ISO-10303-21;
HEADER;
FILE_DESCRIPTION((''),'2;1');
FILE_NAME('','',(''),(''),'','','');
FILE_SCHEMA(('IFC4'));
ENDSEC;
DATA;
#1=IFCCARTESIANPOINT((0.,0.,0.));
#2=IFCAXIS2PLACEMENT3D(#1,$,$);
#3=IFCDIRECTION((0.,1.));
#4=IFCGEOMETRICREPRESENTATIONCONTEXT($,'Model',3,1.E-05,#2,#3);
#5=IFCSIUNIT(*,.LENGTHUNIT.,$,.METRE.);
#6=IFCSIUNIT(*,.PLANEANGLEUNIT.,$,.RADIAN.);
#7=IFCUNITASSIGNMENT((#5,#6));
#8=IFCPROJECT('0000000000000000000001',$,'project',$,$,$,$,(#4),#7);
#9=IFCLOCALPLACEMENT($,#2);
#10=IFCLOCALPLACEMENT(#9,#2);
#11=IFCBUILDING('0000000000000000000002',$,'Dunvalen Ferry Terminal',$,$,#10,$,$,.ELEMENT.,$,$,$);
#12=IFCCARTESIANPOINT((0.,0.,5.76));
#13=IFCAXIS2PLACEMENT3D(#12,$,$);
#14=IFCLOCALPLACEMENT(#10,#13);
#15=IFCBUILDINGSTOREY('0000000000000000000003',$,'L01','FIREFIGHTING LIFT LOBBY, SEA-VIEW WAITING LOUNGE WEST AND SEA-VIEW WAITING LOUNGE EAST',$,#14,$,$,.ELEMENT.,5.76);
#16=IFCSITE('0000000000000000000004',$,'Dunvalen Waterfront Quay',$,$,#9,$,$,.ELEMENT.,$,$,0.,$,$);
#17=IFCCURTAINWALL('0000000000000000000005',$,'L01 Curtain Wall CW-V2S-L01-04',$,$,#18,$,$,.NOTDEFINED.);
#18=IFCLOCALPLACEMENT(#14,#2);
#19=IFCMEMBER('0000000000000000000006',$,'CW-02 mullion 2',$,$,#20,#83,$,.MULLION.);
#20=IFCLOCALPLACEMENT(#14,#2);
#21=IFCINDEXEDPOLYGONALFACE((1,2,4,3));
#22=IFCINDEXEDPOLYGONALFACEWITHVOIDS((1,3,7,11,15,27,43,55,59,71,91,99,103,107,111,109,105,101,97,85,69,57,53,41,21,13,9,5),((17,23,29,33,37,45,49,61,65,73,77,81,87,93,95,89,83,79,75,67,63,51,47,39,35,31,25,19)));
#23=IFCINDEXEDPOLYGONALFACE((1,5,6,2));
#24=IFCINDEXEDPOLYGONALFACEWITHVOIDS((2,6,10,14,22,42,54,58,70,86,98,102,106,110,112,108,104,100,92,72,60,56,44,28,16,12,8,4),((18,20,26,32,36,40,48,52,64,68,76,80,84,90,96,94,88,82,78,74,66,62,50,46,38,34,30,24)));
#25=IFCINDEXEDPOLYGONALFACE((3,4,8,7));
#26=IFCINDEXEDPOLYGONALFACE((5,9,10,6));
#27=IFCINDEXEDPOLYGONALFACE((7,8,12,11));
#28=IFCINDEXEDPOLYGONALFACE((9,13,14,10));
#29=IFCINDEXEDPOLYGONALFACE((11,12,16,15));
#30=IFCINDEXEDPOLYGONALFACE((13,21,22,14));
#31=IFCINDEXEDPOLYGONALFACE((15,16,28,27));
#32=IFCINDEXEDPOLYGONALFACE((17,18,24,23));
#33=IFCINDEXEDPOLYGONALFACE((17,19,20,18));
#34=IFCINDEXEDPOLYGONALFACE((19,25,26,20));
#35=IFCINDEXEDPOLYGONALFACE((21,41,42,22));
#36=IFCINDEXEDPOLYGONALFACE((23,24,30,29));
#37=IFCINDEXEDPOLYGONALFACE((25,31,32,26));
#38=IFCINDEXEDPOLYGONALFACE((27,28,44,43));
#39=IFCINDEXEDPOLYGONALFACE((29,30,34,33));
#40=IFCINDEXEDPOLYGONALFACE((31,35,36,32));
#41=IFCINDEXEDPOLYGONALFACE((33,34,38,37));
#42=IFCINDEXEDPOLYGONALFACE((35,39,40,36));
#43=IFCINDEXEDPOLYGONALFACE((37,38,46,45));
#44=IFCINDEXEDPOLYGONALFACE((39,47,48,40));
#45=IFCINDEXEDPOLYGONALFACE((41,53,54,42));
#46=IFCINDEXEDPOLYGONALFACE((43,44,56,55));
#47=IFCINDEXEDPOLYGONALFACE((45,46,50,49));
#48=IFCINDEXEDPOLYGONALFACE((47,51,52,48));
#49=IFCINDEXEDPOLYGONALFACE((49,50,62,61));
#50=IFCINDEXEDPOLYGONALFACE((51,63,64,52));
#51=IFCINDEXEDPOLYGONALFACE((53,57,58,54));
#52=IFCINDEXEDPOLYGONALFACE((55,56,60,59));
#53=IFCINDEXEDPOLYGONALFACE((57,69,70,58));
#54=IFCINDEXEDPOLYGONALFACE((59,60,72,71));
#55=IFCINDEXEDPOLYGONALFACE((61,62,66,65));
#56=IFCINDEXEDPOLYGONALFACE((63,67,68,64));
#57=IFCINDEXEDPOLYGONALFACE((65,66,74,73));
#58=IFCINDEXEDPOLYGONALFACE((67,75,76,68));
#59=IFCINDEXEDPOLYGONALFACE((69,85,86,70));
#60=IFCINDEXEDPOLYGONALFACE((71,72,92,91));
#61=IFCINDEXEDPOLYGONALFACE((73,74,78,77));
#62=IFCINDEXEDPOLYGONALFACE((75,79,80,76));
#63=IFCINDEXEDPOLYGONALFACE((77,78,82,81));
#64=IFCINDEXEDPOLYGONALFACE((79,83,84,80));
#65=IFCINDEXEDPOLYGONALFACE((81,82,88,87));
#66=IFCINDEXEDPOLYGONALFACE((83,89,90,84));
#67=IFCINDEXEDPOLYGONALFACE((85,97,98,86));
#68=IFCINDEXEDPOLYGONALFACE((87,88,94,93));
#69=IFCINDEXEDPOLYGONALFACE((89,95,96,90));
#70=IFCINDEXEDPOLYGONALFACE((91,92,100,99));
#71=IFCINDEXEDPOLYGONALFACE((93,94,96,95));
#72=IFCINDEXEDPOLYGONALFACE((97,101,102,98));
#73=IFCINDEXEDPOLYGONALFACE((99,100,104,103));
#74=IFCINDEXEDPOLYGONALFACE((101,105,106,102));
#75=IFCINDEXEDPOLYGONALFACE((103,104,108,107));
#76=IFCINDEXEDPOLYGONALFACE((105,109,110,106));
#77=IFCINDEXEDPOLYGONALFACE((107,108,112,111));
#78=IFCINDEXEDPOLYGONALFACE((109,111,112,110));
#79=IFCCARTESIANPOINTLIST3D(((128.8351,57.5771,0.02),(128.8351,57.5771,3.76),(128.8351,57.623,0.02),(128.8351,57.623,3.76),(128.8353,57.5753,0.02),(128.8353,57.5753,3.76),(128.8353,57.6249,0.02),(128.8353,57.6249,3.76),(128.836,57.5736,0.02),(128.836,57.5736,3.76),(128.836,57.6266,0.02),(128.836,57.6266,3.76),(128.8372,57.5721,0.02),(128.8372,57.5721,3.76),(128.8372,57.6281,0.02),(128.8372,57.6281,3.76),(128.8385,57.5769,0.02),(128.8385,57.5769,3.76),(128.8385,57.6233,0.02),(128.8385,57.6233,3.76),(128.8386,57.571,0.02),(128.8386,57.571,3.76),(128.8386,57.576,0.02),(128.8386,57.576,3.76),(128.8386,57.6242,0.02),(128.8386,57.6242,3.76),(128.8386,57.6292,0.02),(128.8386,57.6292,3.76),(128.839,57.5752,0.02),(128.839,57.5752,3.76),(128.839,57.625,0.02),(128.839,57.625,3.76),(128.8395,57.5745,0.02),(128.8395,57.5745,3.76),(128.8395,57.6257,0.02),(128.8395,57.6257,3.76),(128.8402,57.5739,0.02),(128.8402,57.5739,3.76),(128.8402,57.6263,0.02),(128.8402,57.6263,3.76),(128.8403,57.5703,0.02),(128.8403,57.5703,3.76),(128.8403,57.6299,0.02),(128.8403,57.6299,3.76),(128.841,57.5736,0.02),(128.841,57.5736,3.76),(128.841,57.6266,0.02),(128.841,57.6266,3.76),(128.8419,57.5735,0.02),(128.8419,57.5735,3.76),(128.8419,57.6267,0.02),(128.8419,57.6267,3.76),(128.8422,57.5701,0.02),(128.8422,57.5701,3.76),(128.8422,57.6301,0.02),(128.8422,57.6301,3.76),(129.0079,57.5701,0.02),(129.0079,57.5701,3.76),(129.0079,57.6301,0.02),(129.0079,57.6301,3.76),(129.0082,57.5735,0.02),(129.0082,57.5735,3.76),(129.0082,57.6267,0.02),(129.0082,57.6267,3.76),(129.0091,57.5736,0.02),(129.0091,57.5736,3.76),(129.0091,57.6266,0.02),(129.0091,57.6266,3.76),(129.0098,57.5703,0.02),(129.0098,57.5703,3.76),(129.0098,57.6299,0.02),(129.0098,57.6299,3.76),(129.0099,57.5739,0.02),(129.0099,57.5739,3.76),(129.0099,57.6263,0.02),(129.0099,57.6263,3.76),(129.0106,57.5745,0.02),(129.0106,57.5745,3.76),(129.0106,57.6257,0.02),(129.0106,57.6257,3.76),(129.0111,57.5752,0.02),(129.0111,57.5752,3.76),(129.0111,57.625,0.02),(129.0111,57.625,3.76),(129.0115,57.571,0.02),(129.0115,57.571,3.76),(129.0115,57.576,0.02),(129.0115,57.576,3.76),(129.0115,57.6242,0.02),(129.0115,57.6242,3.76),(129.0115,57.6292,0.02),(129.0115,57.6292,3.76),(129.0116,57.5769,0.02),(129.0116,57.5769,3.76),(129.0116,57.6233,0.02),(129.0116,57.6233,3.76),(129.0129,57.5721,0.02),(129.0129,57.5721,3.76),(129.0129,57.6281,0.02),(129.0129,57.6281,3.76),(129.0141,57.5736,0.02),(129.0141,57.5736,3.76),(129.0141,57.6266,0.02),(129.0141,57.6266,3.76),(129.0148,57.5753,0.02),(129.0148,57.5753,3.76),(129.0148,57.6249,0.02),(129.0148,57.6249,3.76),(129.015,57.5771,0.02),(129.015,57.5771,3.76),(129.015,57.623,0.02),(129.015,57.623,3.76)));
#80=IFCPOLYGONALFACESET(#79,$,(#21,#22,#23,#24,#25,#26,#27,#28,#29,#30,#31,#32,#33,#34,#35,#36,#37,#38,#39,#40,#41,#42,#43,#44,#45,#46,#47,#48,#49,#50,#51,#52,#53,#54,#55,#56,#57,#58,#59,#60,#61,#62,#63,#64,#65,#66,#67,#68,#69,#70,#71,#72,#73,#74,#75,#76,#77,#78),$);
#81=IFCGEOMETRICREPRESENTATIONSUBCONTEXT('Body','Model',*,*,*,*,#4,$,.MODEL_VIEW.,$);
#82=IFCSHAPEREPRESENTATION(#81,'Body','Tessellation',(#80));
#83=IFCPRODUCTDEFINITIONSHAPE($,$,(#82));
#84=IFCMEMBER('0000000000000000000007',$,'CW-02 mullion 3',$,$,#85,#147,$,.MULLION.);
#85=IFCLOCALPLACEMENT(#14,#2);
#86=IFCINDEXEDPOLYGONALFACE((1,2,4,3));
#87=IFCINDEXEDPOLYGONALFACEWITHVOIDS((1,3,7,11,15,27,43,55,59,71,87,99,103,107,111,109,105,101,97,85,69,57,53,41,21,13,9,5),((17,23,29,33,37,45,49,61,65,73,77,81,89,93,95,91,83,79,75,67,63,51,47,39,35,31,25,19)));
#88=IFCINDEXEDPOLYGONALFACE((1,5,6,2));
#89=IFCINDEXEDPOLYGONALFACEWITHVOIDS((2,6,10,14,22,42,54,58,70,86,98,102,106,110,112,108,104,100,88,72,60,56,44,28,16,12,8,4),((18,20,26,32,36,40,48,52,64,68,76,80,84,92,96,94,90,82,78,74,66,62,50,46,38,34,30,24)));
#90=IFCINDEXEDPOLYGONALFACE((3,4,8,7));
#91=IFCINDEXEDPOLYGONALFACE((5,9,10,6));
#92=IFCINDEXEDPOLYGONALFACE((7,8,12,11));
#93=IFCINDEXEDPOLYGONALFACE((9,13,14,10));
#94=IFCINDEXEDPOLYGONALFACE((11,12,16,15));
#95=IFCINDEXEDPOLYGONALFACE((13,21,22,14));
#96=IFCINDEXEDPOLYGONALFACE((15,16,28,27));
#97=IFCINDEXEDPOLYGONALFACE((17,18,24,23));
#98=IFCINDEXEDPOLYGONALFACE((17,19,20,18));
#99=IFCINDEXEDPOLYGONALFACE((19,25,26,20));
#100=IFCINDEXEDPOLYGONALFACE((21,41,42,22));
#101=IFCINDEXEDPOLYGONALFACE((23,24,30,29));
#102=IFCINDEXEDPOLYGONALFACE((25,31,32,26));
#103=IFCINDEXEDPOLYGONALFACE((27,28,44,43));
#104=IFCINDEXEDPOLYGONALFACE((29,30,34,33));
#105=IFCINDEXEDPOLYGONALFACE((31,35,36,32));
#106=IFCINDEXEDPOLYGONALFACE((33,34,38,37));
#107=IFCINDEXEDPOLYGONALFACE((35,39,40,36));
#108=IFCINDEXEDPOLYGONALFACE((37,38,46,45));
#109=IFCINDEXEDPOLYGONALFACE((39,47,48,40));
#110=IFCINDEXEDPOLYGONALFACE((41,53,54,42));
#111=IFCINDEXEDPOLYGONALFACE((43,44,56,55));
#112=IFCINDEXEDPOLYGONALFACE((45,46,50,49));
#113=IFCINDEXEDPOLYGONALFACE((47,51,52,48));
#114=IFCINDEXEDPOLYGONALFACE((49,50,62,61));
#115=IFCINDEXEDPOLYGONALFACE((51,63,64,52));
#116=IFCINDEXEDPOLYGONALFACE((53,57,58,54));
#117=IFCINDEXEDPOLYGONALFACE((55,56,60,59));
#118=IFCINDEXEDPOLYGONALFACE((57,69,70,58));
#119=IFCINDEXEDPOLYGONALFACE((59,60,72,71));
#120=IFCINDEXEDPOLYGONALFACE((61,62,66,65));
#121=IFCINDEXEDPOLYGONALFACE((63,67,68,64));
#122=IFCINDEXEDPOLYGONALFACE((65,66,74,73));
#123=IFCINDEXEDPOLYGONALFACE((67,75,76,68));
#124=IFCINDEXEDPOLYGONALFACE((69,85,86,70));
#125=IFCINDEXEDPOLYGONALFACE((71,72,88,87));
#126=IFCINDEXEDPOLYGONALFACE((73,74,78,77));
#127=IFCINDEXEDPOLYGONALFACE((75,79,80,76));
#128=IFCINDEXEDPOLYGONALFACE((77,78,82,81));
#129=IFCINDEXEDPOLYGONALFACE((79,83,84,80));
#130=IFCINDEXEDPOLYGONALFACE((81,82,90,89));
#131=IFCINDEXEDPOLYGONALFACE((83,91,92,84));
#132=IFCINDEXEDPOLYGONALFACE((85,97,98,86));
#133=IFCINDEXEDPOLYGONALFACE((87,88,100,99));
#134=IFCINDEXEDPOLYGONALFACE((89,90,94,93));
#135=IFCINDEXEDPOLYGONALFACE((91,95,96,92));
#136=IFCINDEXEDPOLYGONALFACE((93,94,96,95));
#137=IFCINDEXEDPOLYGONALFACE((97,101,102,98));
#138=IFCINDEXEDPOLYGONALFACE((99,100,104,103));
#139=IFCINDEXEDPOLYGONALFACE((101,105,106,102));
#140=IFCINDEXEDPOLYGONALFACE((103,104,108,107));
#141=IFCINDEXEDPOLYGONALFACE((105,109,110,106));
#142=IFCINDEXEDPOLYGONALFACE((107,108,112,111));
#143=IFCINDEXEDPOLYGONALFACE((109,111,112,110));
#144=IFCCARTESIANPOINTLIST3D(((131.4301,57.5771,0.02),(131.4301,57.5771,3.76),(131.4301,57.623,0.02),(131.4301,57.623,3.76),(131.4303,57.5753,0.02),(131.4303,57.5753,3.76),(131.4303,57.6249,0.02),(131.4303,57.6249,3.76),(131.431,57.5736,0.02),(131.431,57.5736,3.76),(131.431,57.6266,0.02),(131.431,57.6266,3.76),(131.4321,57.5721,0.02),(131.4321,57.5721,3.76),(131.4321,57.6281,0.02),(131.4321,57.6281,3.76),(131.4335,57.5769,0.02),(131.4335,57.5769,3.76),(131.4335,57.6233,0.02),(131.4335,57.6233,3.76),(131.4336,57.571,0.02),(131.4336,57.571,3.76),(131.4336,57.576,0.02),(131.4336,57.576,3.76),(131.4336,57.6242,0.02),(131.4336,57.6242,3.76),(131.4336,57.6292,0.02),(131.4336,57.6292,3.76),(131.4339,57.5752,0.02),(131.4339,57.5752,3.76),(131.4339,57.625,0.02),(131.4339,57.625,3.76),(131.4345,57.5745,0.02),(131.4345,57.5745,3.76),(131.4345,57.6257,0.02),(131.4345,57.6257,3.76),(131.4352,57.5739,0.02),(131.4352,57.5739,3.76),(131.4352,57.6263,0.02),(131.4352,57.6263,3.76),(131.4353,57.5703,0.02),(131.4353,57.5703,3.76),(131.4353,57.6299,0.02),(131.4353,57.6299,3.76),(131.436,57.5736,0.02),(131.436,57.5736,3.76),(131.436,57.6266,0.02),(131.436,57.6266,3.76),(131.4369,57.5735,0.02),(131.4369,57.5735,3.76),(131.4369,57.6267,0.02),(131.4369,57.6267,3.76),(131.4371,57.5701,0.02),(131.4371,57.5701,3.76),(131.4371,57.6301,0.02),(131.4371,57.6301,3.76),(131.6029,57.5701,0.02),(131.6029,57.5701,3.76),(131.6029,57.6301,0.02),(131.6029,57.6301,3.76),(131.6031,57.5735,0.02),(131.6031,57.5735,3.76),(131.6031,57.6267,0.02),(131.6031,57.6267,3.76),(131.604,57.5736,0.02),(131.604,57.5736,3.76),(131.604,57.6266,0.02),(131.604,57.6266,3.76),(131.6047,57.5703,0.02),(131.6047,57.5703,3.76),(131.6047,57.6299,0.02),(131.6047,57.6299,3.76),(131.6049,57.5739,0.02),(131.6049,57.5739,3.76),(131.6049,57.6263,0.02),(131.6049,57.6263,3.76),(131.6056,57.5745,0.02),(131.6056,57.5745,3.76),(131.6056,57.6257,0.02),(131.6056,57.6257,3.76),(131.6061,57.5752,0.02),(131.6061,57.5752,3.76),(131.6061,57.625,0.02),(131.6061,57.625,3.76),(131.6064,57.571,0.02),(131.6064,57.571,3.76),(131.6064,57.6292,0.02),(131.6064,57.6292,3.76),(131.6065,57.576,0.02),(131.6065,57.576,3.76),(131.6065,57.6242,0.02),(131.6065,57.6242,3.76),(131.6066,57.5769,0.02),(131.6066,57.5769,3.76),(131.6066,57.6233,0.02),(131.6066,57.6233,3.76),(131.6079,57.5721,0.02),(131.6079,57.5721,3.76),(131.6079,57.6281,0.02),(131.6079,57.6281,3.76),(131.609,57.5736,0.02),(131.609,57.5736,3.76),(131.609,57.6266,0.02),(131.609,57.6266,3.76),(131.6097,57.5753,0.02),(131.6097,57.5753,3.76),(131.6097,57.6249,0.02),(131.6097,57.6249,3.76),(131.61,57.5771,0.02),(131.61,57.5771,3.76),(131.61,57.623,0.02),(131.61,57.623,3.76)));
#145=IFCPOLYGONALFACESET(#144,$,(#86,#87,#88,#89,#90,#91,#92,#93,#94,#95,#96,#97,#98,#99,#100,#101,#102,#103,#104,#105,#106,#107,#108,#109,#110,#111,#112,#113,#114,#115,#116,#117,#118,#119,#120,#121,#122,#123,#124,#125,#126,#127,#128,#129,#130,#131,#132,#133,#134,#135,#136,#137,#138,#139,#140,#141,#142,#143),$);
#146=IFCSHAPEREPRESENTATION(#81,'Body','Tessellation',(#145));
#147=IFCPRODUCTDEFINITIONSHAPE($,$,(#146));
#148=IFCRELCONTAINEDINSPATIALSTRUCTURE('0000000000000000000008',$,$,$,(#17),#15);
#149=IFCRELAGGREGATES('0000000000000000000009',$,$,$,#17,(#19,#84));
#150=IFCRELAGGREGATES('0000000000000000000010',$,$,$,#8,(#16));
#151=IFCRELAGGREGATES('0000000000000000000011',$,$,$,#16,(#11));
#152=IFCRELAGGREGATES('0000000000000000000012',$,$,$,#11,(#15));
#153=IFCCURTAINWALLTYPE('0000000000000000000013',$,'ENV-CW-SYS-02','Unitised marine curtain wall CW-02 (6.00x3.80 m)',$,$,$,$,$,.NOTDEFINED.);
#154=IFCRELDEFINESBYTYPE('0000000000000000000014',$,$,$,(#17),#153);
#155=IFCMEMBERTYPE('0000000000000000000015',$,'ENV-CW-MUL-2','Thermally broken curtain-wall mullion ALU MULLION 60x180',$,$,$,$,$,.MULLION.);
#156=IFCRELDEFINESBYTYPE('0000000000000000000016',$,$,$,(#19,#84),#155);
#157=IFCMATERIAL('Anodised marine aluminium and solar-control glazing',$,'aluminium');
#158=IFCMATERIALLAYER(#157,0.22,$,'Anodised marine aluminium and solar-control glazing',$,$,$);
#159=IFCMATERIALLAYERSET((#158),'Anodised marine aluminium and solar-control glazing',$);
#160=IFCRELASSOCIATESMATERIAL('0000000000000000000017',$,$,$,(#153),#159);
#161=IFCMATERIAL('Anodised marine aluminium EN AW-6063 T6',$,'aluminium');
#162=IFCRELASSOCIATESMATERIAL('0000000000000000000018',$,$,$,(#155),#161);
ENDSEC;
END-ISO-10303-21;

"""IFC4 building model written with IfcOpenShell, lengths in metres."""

from ifc_helpers import new_model, si_unit, direction, frame, origin, origin_2d, place, context, subcontext, project, spatial, hollow_rectangle, extrude, material, layer, layer_set, material_profile, profile_set, type_object, element, aggregate, save


model = new_model("IFC4")

# Units and contexts
model_context = context("Model", 3, precision=1e-05, world=origin(), true_north=direction((0.0, 1.0)))
body_context = subcontext(model_context, "Body", "Model", "MODEL_VIEW")
ifc_project = project(units=[si_unit("LENGTHUNIT", "METRE"), si_unit("PLANEANGLEUNIT", "RADIAN")], contexts=[model_context])

# Site, building, storey
site_placement = place(None, origin())
site = spatial("IfcSite", under=ifc_project, at=site_placement, Name="Dunvalen Waterfront Quay", CompositionType="ELEMENT", RefElevation=0.0)
building_placement = place(site_placement, origin())
building = spatial("IfcBuilding", under=site, at=building_placement, Name="Dunvalen Ferry Terminal", CompositionType="ELEMENT")
storey_placement = place(building_placement, frame((0.0, 0.0, 5.76)))
storey = spatial("IfcBuildingStorey", under=building, at=storey_placement, Name="L01", Description="FIREFIGHTING LIFT LOBBY, SEA-VIEW WAITING LOUNGE WEST AND SEA-VIEW WAITING LOUNGE EAST", CompositionType="ELEMENT", Elevation=5.76)

# Shared definitions
ifc_material_1 = material(Name="Anodised marine aluminium and solar-control glazing", Category="aluminium")
ifc_layer_1 = layer(ifc_material_1, 0.22, Name="Anodised marine aluminium and solar-control glazing")
ifc_layer_set_1 = layer_set([ifc_layer_1], Name="Anodised marine aluminium and solar-control glazing")
curtain_wall_type = type_object("IfcCurtainWallType", Name="ENV-CW-SYS-02", Description="Unitised marine curtain wall CW-02 (6.00x3.80 m)", PredefinedType="NOTDEFINED", material=ifc_layer_set_1)
ifc_material_2 = material(Name="Anodised marine aluminium EN AW-6063 T6", Category="aluminium")
ifc_material_profile_1 = material_profile(ifc_material_2, hollow_rectangle(XDim=0.0601, YDim=0.1799, WallThickness=0.0034, InnerFilletRadius=0.0034, OuterFilletRadius=0.0071, at=origin_2d()), Name="Anodised marine aluminium EN AW-6063 T6")
ifc_profile_set_1 = profile_set([ifc_material_profile_1], Name="Anodised marine aluminium EN AW-6063 T6")
member_type_1 = type_object("IfcMemberType", Name="ENV-CW-MUL-2", Description="Thermally broken curtain-wall mullion ALU MULLION 60x180", PredefinedType="MULLION", material=ifc_profile_set_1)

# Curtain wall, members
curtain_wall_1_placement = place(storey_placement, origin())
curtain_wall_1 = element("IfcCurtainWall", 1, at=curtain_wall_1_placement, inside=storey, type_object=curtain_wall_type, Name="L01 Curtain Wall CW-V2S-L01-04", PredefinedType="NOTDEFINED")
member_1_placement = place(storey_placement, frame((128.925, 57.6001, 0.02), z_axis=(0.0, 0.0, 1.0), x_axis=(0.0, 1.0, 0.0)))
member_1 = element("IfcMember", 2, at=member_1_placement, type_object=member_type_1, Name="CW-02 mullion 2", PredefinedType="MULLION", context=body_context, shape_type="SweptSolid", body=[
    extrude(hollow_rectangle(XDim=0.0601, YDim=0.1799, WallThickness=0.0034, InnerFilletRadius=0.0034, OuterFilletRadius=0.0071, at=origin_2d()), origin(), (0.0, 0.0, 1.0), 3.74),
])
member_2_placement = place(storey_placement, frame((131.52, 57.6001, 0.02), z_axis=(0.0, 0.0, 1.0), x_axis=(0.0, 1.0, 0.0)))
member_2 = element("IfcMember", 3, at=member_2_placement, type_object=member_type_1, Name="CW-02 mullion 3", PredefinedType="MULLION", context=body_context, shape_type="SweptSolid", body=[
    extrude(hollow_rectangle(XDim=0.0601, YDim=0.1799, WallThickness=0.0034, InnerFilletRadius=0.0034, OuterFilletRadius=0.0071, at=origin_2d()), origin(), (0.0, 0.0, 1.0), 3.74),
])

aggregate(curtain_wall_1, [member_1, member_2])

save(model, "model.ifc")
